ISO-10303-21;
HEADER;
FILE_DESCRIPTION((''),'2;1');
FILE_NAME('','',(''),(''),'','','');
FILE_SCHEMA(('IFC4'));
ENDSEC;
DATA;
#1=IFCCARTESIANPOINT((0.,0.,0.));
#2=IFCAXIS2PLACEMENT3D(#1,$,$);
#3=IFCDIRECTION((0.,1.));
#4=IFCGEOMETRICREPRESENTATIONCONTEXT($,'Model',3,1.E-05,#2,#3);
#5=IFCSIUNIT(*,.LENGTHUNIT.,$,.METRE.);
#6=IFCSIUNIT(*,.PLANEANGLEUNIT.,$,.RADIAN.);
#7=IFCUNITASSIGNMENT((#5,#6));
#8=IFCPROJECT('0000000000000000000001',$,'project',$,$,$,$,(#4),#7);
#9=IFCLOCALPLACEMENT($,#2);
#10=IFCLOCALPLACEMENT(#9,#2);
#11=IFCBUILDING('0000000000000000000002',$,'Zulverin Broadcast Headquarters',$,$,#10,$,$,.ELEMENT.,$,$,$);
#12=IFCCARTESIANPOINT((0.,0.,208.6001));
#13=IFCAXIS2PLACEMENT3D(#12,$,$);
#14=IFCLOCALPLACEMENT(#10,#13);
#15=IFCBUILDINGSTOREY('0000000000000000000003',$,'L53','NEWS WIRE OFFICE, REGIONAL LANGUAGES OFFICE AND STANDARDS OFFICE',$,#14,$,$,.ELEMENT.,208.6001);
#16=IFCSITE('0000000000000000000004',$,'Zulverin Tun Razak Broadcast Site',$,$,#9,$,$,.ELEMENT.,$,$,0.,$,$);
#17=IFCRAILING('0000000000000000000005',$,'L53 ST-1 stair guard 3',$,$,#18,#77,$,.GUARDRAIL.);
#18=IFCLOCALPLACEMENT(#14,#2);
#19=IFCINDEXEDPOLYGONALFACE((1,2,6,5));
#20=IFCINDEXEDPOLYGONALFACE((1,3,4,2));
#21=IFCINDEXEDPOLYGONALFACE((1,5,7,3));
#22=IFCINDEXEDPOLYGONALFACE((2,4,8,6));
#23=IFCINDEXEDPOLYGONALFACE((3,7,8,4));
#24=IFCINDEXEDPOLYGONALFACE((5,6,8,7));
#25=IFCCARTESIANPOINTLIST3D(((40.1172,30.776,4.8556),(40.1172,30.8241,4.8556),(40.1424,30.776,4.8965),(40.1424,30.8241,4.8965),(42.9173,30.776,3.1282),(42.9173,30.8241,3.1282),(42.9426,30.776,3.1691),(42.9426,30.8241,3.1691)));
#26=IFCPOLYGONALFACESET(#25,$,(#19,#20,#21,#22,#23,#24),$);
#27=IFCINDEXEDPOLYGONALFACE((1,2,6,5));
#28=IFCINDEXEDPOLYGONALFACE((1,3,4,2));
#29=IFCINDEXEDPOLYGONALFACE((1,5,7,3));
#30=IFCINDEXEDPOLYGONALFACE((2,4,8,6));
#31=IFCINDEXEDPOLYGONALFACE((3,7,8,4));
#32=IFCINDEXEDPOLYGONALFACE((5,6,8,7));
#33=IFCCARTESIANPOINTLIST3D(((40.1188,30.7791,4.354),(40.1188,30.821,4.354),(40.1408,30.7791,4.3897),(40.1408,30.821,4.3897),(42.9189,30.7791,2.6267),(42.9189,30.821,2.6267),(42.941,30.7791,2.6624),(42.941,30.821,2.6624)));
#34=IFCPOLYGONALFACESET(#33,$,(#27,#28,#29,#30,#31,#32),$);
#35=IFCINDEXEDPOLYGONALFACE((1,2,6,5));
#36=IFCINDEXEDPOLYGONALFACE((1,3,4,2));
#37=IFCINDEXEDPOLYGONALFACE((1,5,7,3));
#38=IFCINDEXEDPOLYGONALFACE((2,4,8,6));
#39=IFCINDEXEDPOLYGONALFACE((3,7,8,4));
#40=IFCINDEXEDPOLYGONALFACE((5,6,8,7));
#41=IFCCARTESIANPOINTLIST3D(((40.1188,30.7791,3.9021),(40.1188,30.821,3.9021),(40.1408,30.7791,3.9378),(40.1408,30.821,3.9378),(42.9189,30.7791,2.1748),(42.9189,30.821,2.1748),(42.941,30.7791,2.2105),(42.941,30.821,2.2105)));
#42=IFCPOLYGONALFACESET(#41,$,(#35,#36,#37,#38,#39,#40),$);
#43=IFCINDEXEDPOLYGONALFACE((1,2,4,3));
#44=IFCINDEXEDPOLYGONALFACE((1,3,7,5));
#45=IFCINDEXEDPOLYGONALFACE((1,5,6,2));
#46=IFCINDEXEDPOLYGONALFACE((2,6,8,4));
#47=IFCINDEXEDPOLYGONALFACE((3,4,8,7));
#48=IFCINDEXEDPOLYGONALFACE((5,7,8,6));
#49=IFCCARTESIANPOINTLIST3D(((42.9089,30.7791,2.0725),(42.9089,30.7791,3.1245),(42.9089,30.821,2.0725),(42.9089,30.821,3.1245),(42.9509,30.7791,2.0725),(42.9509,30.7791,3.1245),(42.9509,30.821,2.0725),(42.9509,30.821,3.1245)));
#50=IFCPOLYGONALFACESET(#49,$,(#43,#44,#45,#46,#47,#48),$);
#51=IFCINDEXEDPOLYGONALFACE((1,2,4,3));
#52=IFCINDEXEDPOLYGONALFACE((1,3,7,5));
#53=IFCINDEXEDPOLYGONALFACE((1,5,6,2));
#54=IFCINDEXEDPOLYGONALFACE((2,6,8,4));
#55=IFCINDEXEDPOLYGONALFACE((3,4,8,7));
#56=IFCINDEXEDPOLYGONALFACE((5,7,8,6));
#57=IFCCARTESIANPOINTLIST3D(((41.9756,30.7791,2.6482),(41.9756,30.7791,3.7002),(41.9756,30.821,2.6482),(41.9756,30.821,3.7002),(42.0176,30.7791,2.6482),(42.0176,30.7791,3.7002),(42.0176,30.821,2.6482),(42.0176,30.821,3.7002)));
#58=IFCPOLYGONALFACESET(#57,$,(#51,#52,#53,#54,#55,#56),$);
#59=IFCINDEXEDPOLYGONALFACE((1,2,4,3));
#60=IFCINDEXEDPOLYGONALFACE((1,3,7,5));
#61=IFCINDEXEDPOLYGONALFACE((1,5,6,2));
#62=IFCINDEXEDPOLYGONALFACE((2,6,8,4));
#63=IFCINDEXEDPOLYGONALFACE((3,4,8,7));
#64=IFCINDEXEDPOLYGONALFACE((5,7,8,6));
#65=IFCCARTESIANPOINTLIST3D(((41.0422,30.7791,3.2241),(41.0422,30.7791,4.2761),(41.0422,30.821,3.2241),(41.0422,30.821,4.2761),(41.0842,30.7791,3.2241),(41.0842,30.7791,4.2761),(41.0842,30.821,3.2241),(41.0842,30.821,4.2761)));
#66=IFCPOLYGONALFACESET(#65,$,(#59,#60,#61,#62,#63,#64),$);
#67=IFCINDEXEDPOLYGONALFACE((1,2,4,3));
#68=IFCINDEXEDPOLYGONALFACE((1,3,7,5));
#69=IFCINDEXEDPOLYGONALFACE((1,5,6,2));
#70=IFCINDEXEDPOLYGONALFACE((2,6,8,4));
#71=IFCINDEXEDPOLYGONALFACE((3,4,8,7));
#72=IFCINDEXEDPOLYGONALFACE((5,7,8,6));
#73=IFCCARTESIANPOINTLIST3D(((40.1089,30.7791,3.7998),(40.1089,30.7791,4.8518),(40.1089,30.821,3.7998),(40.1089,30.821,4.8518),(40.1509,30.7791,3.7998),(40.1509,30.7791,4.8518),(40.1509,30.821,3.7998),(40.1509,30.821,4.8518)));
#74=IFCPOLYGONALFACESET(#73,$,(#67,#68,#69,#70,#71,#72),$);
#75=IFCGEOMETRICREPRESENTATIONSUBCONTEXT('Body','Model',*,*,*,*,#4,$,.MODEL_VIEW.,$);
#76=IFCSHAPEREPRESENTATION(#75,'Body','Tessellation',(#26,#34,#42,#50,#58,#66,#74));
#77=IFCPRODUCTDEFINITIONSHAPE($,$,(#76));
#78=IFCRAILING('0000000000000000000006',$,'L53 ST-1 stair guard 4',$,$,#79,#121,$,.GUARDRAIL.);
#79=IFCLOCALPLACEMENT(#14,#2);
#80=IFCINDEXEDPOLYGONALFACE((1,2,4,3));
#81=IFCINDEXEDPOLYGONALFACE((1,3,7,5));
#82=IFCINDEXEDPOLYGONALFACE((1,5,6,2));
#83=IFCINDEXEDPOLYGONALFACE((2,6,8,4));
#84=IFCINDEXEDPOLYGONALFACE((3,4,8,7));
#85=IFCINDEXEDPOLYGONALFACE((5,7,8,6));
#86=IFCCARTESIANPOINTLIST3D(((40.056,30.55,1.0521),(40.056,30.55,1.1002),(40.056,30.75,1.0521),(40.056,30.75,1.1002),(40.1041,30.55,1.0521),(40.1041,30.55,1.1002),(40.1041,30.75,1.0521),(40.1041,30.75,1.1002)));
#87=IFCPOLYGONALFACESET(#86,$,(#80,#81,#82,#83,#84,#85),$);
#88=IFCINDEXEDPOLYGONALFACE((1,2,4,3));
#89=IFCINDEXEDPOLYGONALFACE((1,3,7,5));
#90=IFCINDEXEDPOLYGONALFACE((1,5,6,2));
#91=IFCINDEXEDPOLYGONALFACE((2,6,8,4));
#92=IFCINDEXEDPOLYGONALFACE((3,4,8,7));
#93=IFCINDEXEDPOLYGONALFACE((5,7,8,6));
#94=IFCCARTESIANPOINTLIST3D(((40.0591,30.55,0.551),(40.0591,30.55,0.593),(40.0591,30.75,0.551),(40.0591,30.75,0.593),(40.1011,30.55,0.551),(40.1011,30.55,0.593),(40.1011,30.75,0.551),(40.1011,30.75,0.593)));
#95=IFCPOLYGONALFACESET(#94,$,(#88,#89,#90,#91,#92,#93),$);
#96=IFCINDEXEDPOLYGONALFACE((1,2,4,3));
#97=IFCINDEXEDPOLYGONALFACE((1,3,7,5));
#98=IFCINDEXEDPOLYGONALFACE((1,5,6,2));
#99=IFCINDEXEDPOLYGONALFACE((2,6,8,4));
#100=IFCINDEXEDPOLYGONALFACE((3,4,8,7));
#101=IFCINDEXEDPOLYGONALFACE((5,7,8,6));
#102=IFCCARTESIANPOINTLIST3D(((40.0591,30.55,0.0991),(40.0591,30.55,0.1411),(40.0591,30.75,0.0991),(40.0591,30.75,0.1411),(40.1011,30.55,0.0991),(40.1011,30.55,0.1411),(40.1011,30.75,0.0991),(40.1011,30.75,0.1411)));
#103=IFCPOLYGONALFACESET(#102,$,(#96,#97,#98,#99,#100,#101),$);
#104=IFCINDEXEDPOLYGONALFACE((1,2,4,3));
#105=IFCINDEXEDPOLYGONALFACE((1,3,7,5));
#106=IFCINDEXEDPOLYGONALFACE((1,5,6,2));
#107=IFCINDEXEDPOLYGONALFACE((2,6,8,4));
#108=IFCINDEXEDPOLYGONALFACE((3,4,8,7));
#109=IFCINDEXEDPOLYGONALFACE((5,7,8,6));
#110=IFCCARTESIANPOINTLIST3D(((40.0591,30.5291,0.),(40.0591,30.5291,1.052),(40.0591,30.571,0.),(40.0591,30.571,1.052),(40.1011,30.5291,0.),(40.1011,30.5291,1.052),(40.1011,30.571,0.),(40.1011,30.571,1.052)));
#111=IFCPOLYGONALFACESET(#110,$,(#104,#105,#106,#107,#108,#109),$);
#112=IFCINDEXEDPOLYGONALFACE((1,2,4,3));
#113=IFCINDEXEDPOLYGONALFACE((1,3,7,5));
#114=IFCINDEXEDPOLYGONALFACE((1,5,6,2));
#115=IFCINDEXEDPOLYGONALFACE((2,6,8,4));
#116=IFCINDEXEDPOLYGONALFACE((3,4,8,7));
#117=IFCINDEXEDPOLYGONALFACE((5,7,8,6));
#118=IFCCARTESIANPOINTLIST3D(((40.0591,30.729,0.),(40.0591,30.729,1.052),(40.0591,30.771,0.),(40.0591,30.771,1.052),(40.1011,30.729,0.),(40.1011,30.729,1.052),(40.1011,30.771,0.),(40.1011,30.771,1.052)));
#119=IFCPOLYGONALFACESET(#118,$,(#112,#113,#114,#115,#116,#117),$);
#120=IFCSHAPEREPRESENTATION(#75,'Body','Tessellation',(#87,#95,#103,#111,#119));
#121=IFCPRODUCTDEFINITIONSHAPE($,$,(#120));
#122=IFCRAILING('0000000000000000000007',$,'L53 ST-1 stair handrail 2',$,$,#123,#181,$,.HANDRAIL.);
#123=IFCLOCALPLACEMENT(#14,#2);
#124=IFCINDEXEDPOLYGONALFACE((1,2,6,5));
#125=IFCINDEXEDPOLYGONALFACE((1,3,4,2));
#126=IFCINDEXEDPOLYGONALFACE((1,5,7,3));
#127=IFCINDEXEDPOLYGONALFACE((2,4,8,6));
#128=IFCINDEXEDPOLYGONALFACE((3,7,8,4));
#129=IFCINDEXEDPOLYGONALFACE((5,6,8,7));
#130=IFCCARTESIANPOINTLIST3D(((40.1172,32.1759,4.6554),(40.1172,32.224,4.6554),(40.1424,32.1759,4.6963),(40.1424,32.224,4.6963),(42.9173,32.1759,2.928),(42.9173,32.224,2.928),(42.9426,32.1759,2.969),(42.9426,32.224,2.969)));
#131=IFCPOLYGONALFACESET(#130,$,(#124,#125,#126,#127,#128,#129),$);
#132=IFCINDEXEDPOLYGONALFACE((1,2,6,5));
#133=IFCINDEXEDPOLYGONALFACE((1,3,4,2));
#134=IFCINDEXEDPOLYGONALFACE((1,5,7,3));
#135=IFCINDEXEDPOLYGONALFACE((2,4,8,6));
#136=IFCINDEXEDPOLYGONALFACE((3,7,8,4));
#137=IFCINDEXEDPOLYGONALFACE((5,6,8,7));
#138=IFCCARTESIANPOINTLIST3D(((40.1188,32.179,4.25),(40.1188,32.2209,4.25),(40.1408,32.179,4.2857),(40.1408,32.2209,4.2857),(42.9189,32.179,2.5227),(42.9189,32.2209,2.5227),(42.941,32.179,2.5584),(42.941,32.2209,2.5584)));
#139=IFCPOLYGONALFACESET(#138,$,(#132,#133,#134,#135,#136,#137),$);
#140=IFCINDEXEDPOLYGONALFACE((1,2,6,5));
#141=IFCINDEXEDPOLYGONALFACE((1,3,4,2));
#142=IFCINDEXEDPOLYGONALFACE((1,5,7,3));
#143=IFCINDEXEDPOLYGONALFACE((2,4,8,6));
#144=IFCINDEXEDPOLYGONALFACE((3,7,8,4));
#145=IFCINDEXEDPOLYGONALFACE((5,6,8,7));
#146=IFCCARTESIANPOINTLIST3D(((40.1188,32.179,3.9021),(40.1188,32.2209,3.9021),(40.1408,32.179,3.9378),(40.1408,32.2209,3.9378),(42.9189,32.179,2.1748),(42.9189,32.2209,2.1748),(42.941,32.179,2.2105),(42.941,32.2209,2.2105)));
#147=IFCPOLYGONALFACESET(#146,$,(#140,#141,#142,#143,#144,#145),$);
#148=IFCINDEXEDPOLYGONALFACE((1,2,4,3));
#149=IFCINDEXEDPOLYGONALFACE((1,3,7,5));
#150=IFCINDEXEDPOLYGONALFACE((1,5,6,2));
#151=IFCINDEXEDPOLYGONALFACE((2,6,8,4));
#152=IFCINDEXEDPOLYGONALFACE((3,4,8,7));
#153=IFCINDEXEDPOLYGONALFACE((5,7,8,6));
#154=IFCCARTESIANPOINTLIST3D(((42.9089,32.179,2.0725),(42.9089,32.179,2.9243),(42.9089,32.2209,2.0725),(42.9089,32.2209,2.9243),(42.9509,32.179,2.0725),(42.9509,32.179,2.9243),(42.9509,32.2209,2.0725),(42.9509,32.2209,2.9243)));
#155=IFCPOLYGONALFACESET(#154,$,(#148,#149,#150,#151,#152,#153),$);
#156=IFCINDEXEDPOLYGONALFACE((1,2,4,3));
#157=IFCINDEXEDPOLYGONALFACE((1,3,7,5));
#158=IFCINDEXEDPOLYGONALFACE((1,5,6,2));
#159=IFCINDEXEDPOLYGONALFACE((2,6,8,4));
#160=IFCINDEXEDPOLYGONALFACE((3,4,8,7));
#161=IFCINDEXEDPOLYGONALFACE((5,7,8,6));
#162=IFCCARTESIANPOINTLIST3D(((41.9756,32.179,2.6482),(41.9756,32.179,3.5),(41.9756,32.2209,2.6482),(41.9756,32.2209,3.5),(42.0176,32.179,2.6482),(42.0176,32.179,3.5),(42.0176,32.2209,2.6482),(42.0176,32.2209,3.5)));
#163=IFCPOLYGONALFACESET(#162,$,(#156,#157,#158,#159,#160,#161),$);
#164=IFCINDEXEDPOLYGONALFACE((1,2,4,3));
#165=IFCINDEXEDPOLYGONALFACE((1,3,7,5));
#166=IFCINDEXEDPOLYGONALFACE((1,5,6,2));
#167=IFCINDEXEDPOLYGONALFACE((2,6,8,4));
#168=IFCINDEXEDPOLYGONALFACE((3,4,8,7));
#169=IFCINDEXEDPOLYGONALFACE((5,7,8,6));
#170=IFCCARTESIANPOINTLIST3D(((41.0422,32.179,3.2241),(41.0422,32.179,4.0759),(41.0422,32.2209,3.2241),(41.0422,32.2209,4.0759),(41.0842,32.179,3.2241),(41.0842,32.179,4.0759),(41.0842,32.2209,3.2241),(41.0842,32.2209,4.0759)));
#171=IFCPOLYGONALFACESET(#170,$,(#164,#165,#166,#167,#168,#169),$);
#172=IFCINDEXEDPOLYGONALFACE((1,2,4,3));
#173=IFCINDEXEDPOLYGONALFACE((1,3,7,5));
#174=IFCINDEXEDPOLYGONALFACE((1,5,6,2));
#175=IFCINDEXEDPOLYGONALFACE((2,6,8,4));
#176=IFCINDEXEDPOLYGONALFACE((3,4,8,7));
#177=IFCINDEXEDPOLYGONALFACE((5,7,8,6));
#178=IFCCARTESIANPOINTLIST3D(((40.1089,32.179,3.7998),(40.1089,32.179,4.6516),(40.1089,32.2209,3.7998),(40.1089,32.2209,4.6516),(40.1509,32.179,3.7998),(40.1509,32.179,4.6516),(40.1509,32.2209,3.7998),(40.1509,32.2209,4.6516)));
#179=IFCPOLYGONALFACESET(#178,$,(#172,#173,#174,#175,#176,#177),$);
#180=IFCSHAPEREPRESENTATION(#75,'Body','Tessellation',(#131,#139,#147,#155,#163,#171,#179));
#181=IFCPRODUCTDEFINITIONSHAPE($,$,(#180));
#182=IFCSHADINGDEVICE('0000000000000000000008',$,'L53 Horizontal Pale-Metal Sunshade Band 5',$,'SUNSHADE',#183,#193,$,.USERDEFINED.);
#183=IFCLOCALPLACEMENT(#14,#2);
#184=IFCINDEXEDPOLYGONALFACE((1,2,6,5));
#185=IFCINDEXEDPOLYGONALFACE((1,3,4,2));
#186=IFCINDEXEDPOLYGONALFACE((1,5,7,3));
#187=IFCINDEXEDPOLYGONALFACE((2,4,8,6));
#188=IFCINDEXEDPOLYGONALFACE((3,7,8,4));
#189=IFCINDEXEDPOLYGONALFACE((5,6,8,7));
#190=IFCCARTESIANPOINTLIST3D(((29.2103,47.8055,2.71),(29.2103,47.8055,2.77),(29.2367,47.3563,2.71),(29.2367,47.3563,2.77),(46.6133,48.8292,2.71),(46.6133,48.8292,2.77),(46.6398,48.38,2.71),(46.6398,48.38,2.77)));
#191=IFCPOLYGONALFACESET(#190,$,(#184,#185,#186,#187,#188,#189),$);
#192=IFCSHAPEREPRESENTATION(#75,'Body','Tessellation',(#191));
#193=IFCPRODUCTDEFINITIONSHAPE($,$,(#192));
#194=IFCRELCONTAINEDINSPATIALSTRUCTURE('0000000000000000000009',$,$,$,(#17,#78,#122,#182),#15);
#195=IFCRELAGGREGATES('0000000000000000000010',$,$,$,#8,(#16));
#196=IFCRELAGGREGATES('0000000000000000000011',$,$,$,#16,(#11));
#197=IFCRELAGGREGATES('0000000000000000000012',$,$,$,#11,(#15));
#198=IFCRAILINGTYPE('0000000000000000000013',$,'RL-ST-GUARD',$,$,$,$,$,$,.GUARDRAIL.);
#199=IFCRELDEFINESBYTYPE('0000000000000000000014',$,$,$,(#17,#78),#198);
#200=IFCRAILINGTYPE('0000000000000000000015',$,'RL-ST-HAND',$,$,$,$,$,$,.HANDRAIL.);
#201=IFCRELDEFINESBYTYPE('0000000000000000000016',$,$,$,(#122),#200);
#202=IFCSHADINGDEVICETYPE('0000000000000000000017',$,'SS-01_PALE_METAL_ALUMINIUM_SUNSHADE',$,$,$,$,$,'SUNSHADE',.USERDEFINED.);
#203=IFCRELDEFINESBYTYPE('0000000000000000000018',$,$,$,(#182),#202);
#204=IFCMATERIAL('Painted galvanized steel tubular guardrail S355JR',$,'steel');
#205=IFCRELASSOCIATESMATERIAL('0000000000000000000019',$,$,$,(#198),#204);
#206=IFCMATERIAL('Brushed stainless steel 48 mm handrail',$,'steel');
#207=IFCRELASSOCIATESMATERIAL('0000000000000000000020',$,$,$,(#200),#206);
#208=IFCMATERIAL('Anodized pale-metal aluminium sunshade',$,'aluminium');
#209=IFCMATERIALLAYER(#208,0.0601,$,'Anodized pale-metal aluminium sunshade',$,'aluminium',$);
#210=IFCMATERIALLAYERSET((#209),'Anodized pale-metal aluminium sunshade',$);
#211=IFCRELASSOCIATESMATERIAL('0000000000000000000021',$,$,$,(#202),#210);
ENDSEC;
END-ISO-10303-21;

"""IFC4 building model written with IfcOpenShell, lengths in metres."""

from ifc_helpers import new_model, si_unit, direction, frame, origin, origin_2d, place, context, subcontext, project, spatial, rectangle, extrude, material, layer, layer_set, type_object, element, save


model = new_model("IFC4")

# Units and contexts
model_context = context("Model", 3, precision=1e-05, world=origin(), true_north=direction((0.0, 1.0)))
body_context = subcontext(model_context, "Body", "Model", "MODEL_VIEW")
ifc_project = project(units=[si_unit("LENGTHUNIT", "METRE"), si_unit("PLANEANGLEUNIT", "RADIAN")], contexts=[model_context])

# Site, building, storey
site_placement = place(None, origin())
site = spatial("IfcSite", under=ifc_project, at=site_placement, Name="Zulverin Tun Razak Broadcast Site", CompositionType="ELEMENT", RefElevation=0.0)
building_placement = place(site_placement, origin())
building = spatial("IfcBuilding", under=site, at=building_placement, Name="Zulverin Broadcast Headquarters", CompositionType="ELEMENT")
storey_placement = place(building_placement, frame((0.0, 0.0, 208.6001)))
storey = spatial("IfcBuildingStorey", under=building, at=storey_placement, Name="L53", Description="NEWS WIRE OFFICE, REGIONAL LANGUAGES OFFICE AND STANDARDS OFFICE", CompositionType="ELEMENT", Elevation=208.6001)

# Railings
ifc_material_1 = material(Name="Painted galvanized steel tubular guardrail S355JR", Category="steel")
railing_type_1 = type_object("IfcRailingType", Name="RL-ST-GUARD", PredefinedType="GUARDRAIL", material=ifc_material_1)
railing_1_placement = place(storey_placement, frame((42.9299, 30.8, 2.0725)))
element("IfcRailing", 1, at=railing_1_placement, inside=storey, type_object=railing_type_1, Name="L53 ST-1 stair guard 3", PredefinedType="GUARDRAIL", context=body_context, shape_type="SweptSolid", body=[
    extrude(rectangle(XDim=0.0481, YDim=0.0481, at=origin_2d()), frame((0.0, 0.0, 1.0762), z_axis=(-0.85109, 0.0, 0.52502), x_axis=(0.0, -1.0, 0.0)), (0.0, 0.0, 1.0), 3.29),
    extrude(rectangle(XDim=0.042, YDim=0.042, at=origin_2d()), frame((0.0, 0.0, 0.572), z_axis=(-0.85109, 0.0, 0.52502), x_axis=(0.0, -1.0, 0.0)), (0.0, 0.0, 1.0), 3.29),
    extrude(rectangle(XDim=0.042, YDim=0.042, at=origin_2d()), frame((0.0, 0.0, 0.1201), z_axis=(-0.85109, 0.0, 0.52502), x_axis=(0.0, -1.0, 0.0)), (0.0, 0.0, 1.0), 3.29),
    extrude(rectangle(XDim=0.042, YDim=0.042, at=origin_2d()), origin(), (0.0, 0.0, 1.0), 1.052),
    extrude(rectangle(XDim=0.042, YDim=0.042, at=origin_2d()), frame((-0.9333, 0.0, 0.5757)), (0.0, 0.0, 1.0), 1.052),
    extrude(rectangle(XDim=0.042, YDim=0.042, at=origin_2d()), frame((-1.8667, 0.0, 1.1516)), (0.0, 0.0, 1.0), 1.052),
    extrude(rectangle(XDim=0.042, YDim=0.042, at=origin_2d()), frame((-2.8, 0.0, 1.7273)), (0.0, 0.0, 1.0), 1.052),
])
railing_2_placement = place(storey_placement, frame((40.0801, 30.55, 0.0)))
element("IfcRailing", 2, at=railing_2_placement, inside=storey, type_object=railing_type_1, Name="L53 ST-1 stair guard 4", PredefinedType="GUARDRAIL", context=body_context, shape_type="SweptSolid", body=[
    extrude(rectangle(XDim=0.0481, YDim=0.0481, at=origin_2d()), frame((0.0, 0.0, 1.0762), z_axis=(0.0, 1.0, 0.0), x_axis=(-1.0, 0.0, 0.0)), (0.0, 0.0, 1.0), 0.2),
    extrude(rectangle(XDim=0.042, YDim=0.042, at=origin_2d()), frame((0.0, 0.0, 0.572), z_axis=(0.0, 1.0, 0.0), x_axis=(-1.0, 0.0, 0.0)), (0.0, 0.0, 1.0), 0.2),
    extrude(rectangle(XDim=0.042, YDim=0.042, at=origin_2d()), frame((0.0, 0.0, 0.1201), z_axis=(0.0, 1.0, 0.0), x_axis=(-1.0, 0.0, 0.0)), (0.0, 0.0, 1.0), 0.2),
    extrude(rectangle(XDim=0.042, YDim=0.042, at=origin_2d()), origin(), (0.0, 0.0, 1.0), 1.052),
    extrude(rectangle(XDim=0.042, YDim=0.042, at=origin_2d()), frame((0.0, 0.2, 0.0)), (0.0, 0.0, 1.0), 1.052),
])
ifc_material_2 = material(Name="Brushed stainless steel 48 mm handrail", Category="steel")
railing_type_2 = type_object("IfcRailingType", Name="RL-ST-HAND", PredefinedType="HANDRAIL", material=ifc_material_2)
railing_3_placement = place(storey_placement, frame((42.9299, 32.2, 2.0725)))
element("IfcRailing", 3, at=railing_3_placement, inside=storey, type_object=railing_type_2, Name="L53 ST-1 stair handrail 2", PredefinedType="HANDRAIL", context=body_context, shape_type="SweptSolid", body=[
    extrude(rectangle(XDim=0.0481, YDim=0.0481, at=origin_2d()), frame((0.0, 0.0, 0.876), z_axis=(-0.85109, 0.0, 0.52502), x_axis=(0.0, -1.0, 0.0)), (0.0, 0.0, 1.0), 3.29),
    extrude(rectangle(XDim=0.042, YDim=0.042, at=origin_2d()), frame((0.0, 0.0, 0.468), z_axis=(-0.85109, 0.0, 0.52502), x_axis=(0.0, -1.0, 0.0)), (0.0, 0.0, 1.0), 3.29),
    extrude(rectangle(XDim=0.042, YDim=0.042, at=origin_2d()), frame((0.0, 0.0, 0.1201), z_axis=(-0.85109, 0.0, 0.52502), x_axis=(0.0, -1.0, 0.0)), (0.0, 0.0, 1.0), 3.29),
    extrude(rectangle(XDim=0.042, YDim=0.042, at=origin_2d()), origin(), (0.0, 0.0, 1.0), 0.8518),
    extrude(rectangle(XDim=0.042, YDim=0.042, at=origin_2d()), frame((-0.9333, 0.0, 0.5757)), (0.0, 0.0, 1.0), 0.8518),
    extrude(rectangle(XDim=0.042, YDim=0.042, at=origin_2d()), frame((-1.8667, 0.0, 1.1516)), (0.0, 0.0, 1.0), 0.8518),
    extrude(rectangle(XDim=0.042, YDim=0.042, at=origin_2d()), frame((-2.8, 0.0, 1.7273)), (0.0, 0.0, 1.0), 0.8518),
])

# Shading device
ifc_material_3 = material(Name="Anodized pale-metal aluminium sunshade", Category="aluminium")
ifc_layer_1 = layer(ifc_material_3, 0.0601, Name="Anodized pale-metal aluminium sunshade", Category="aluminium")
ifc_layer_set_1 = layer_set([ifc_layer_1], Name="Anodized pale-metal aluminium sunshade")
shading_device_type = type_object("IfcShadingDeviceType", Name="SS-01_PALE_METAL_ALUMINIUM_SUNSHADE", ElementType="SUNSHADE", PredefinedType="USERDEFINED", material=ifc_layer_set_1)
shading_device_placement = place(storey_placement, frame((37.925, 48.0928, 2.71), z_axis=(0.0, 0.0, 1.0), x_axis=(-0.998274, -0.058723, 0.0)))
element("IfcShadingDevice", 4, at=shading_device_placement, inside=storey, type_object=shading_device_type, Name="L53 Horizontal Pale-Metal Sunshade Band 5", ObjectType="SUNSHADE", PredefinedType="USERDEFINED", context=body_context, shape_type="SweptSolid", body=[
    extrude(rectangle(XDim=17.4331, YDim=0.45, at=origin_2d()), origin(), (0.0, 0.0, 1.0), 0.0601),
])

save(model, "model.ifc")
